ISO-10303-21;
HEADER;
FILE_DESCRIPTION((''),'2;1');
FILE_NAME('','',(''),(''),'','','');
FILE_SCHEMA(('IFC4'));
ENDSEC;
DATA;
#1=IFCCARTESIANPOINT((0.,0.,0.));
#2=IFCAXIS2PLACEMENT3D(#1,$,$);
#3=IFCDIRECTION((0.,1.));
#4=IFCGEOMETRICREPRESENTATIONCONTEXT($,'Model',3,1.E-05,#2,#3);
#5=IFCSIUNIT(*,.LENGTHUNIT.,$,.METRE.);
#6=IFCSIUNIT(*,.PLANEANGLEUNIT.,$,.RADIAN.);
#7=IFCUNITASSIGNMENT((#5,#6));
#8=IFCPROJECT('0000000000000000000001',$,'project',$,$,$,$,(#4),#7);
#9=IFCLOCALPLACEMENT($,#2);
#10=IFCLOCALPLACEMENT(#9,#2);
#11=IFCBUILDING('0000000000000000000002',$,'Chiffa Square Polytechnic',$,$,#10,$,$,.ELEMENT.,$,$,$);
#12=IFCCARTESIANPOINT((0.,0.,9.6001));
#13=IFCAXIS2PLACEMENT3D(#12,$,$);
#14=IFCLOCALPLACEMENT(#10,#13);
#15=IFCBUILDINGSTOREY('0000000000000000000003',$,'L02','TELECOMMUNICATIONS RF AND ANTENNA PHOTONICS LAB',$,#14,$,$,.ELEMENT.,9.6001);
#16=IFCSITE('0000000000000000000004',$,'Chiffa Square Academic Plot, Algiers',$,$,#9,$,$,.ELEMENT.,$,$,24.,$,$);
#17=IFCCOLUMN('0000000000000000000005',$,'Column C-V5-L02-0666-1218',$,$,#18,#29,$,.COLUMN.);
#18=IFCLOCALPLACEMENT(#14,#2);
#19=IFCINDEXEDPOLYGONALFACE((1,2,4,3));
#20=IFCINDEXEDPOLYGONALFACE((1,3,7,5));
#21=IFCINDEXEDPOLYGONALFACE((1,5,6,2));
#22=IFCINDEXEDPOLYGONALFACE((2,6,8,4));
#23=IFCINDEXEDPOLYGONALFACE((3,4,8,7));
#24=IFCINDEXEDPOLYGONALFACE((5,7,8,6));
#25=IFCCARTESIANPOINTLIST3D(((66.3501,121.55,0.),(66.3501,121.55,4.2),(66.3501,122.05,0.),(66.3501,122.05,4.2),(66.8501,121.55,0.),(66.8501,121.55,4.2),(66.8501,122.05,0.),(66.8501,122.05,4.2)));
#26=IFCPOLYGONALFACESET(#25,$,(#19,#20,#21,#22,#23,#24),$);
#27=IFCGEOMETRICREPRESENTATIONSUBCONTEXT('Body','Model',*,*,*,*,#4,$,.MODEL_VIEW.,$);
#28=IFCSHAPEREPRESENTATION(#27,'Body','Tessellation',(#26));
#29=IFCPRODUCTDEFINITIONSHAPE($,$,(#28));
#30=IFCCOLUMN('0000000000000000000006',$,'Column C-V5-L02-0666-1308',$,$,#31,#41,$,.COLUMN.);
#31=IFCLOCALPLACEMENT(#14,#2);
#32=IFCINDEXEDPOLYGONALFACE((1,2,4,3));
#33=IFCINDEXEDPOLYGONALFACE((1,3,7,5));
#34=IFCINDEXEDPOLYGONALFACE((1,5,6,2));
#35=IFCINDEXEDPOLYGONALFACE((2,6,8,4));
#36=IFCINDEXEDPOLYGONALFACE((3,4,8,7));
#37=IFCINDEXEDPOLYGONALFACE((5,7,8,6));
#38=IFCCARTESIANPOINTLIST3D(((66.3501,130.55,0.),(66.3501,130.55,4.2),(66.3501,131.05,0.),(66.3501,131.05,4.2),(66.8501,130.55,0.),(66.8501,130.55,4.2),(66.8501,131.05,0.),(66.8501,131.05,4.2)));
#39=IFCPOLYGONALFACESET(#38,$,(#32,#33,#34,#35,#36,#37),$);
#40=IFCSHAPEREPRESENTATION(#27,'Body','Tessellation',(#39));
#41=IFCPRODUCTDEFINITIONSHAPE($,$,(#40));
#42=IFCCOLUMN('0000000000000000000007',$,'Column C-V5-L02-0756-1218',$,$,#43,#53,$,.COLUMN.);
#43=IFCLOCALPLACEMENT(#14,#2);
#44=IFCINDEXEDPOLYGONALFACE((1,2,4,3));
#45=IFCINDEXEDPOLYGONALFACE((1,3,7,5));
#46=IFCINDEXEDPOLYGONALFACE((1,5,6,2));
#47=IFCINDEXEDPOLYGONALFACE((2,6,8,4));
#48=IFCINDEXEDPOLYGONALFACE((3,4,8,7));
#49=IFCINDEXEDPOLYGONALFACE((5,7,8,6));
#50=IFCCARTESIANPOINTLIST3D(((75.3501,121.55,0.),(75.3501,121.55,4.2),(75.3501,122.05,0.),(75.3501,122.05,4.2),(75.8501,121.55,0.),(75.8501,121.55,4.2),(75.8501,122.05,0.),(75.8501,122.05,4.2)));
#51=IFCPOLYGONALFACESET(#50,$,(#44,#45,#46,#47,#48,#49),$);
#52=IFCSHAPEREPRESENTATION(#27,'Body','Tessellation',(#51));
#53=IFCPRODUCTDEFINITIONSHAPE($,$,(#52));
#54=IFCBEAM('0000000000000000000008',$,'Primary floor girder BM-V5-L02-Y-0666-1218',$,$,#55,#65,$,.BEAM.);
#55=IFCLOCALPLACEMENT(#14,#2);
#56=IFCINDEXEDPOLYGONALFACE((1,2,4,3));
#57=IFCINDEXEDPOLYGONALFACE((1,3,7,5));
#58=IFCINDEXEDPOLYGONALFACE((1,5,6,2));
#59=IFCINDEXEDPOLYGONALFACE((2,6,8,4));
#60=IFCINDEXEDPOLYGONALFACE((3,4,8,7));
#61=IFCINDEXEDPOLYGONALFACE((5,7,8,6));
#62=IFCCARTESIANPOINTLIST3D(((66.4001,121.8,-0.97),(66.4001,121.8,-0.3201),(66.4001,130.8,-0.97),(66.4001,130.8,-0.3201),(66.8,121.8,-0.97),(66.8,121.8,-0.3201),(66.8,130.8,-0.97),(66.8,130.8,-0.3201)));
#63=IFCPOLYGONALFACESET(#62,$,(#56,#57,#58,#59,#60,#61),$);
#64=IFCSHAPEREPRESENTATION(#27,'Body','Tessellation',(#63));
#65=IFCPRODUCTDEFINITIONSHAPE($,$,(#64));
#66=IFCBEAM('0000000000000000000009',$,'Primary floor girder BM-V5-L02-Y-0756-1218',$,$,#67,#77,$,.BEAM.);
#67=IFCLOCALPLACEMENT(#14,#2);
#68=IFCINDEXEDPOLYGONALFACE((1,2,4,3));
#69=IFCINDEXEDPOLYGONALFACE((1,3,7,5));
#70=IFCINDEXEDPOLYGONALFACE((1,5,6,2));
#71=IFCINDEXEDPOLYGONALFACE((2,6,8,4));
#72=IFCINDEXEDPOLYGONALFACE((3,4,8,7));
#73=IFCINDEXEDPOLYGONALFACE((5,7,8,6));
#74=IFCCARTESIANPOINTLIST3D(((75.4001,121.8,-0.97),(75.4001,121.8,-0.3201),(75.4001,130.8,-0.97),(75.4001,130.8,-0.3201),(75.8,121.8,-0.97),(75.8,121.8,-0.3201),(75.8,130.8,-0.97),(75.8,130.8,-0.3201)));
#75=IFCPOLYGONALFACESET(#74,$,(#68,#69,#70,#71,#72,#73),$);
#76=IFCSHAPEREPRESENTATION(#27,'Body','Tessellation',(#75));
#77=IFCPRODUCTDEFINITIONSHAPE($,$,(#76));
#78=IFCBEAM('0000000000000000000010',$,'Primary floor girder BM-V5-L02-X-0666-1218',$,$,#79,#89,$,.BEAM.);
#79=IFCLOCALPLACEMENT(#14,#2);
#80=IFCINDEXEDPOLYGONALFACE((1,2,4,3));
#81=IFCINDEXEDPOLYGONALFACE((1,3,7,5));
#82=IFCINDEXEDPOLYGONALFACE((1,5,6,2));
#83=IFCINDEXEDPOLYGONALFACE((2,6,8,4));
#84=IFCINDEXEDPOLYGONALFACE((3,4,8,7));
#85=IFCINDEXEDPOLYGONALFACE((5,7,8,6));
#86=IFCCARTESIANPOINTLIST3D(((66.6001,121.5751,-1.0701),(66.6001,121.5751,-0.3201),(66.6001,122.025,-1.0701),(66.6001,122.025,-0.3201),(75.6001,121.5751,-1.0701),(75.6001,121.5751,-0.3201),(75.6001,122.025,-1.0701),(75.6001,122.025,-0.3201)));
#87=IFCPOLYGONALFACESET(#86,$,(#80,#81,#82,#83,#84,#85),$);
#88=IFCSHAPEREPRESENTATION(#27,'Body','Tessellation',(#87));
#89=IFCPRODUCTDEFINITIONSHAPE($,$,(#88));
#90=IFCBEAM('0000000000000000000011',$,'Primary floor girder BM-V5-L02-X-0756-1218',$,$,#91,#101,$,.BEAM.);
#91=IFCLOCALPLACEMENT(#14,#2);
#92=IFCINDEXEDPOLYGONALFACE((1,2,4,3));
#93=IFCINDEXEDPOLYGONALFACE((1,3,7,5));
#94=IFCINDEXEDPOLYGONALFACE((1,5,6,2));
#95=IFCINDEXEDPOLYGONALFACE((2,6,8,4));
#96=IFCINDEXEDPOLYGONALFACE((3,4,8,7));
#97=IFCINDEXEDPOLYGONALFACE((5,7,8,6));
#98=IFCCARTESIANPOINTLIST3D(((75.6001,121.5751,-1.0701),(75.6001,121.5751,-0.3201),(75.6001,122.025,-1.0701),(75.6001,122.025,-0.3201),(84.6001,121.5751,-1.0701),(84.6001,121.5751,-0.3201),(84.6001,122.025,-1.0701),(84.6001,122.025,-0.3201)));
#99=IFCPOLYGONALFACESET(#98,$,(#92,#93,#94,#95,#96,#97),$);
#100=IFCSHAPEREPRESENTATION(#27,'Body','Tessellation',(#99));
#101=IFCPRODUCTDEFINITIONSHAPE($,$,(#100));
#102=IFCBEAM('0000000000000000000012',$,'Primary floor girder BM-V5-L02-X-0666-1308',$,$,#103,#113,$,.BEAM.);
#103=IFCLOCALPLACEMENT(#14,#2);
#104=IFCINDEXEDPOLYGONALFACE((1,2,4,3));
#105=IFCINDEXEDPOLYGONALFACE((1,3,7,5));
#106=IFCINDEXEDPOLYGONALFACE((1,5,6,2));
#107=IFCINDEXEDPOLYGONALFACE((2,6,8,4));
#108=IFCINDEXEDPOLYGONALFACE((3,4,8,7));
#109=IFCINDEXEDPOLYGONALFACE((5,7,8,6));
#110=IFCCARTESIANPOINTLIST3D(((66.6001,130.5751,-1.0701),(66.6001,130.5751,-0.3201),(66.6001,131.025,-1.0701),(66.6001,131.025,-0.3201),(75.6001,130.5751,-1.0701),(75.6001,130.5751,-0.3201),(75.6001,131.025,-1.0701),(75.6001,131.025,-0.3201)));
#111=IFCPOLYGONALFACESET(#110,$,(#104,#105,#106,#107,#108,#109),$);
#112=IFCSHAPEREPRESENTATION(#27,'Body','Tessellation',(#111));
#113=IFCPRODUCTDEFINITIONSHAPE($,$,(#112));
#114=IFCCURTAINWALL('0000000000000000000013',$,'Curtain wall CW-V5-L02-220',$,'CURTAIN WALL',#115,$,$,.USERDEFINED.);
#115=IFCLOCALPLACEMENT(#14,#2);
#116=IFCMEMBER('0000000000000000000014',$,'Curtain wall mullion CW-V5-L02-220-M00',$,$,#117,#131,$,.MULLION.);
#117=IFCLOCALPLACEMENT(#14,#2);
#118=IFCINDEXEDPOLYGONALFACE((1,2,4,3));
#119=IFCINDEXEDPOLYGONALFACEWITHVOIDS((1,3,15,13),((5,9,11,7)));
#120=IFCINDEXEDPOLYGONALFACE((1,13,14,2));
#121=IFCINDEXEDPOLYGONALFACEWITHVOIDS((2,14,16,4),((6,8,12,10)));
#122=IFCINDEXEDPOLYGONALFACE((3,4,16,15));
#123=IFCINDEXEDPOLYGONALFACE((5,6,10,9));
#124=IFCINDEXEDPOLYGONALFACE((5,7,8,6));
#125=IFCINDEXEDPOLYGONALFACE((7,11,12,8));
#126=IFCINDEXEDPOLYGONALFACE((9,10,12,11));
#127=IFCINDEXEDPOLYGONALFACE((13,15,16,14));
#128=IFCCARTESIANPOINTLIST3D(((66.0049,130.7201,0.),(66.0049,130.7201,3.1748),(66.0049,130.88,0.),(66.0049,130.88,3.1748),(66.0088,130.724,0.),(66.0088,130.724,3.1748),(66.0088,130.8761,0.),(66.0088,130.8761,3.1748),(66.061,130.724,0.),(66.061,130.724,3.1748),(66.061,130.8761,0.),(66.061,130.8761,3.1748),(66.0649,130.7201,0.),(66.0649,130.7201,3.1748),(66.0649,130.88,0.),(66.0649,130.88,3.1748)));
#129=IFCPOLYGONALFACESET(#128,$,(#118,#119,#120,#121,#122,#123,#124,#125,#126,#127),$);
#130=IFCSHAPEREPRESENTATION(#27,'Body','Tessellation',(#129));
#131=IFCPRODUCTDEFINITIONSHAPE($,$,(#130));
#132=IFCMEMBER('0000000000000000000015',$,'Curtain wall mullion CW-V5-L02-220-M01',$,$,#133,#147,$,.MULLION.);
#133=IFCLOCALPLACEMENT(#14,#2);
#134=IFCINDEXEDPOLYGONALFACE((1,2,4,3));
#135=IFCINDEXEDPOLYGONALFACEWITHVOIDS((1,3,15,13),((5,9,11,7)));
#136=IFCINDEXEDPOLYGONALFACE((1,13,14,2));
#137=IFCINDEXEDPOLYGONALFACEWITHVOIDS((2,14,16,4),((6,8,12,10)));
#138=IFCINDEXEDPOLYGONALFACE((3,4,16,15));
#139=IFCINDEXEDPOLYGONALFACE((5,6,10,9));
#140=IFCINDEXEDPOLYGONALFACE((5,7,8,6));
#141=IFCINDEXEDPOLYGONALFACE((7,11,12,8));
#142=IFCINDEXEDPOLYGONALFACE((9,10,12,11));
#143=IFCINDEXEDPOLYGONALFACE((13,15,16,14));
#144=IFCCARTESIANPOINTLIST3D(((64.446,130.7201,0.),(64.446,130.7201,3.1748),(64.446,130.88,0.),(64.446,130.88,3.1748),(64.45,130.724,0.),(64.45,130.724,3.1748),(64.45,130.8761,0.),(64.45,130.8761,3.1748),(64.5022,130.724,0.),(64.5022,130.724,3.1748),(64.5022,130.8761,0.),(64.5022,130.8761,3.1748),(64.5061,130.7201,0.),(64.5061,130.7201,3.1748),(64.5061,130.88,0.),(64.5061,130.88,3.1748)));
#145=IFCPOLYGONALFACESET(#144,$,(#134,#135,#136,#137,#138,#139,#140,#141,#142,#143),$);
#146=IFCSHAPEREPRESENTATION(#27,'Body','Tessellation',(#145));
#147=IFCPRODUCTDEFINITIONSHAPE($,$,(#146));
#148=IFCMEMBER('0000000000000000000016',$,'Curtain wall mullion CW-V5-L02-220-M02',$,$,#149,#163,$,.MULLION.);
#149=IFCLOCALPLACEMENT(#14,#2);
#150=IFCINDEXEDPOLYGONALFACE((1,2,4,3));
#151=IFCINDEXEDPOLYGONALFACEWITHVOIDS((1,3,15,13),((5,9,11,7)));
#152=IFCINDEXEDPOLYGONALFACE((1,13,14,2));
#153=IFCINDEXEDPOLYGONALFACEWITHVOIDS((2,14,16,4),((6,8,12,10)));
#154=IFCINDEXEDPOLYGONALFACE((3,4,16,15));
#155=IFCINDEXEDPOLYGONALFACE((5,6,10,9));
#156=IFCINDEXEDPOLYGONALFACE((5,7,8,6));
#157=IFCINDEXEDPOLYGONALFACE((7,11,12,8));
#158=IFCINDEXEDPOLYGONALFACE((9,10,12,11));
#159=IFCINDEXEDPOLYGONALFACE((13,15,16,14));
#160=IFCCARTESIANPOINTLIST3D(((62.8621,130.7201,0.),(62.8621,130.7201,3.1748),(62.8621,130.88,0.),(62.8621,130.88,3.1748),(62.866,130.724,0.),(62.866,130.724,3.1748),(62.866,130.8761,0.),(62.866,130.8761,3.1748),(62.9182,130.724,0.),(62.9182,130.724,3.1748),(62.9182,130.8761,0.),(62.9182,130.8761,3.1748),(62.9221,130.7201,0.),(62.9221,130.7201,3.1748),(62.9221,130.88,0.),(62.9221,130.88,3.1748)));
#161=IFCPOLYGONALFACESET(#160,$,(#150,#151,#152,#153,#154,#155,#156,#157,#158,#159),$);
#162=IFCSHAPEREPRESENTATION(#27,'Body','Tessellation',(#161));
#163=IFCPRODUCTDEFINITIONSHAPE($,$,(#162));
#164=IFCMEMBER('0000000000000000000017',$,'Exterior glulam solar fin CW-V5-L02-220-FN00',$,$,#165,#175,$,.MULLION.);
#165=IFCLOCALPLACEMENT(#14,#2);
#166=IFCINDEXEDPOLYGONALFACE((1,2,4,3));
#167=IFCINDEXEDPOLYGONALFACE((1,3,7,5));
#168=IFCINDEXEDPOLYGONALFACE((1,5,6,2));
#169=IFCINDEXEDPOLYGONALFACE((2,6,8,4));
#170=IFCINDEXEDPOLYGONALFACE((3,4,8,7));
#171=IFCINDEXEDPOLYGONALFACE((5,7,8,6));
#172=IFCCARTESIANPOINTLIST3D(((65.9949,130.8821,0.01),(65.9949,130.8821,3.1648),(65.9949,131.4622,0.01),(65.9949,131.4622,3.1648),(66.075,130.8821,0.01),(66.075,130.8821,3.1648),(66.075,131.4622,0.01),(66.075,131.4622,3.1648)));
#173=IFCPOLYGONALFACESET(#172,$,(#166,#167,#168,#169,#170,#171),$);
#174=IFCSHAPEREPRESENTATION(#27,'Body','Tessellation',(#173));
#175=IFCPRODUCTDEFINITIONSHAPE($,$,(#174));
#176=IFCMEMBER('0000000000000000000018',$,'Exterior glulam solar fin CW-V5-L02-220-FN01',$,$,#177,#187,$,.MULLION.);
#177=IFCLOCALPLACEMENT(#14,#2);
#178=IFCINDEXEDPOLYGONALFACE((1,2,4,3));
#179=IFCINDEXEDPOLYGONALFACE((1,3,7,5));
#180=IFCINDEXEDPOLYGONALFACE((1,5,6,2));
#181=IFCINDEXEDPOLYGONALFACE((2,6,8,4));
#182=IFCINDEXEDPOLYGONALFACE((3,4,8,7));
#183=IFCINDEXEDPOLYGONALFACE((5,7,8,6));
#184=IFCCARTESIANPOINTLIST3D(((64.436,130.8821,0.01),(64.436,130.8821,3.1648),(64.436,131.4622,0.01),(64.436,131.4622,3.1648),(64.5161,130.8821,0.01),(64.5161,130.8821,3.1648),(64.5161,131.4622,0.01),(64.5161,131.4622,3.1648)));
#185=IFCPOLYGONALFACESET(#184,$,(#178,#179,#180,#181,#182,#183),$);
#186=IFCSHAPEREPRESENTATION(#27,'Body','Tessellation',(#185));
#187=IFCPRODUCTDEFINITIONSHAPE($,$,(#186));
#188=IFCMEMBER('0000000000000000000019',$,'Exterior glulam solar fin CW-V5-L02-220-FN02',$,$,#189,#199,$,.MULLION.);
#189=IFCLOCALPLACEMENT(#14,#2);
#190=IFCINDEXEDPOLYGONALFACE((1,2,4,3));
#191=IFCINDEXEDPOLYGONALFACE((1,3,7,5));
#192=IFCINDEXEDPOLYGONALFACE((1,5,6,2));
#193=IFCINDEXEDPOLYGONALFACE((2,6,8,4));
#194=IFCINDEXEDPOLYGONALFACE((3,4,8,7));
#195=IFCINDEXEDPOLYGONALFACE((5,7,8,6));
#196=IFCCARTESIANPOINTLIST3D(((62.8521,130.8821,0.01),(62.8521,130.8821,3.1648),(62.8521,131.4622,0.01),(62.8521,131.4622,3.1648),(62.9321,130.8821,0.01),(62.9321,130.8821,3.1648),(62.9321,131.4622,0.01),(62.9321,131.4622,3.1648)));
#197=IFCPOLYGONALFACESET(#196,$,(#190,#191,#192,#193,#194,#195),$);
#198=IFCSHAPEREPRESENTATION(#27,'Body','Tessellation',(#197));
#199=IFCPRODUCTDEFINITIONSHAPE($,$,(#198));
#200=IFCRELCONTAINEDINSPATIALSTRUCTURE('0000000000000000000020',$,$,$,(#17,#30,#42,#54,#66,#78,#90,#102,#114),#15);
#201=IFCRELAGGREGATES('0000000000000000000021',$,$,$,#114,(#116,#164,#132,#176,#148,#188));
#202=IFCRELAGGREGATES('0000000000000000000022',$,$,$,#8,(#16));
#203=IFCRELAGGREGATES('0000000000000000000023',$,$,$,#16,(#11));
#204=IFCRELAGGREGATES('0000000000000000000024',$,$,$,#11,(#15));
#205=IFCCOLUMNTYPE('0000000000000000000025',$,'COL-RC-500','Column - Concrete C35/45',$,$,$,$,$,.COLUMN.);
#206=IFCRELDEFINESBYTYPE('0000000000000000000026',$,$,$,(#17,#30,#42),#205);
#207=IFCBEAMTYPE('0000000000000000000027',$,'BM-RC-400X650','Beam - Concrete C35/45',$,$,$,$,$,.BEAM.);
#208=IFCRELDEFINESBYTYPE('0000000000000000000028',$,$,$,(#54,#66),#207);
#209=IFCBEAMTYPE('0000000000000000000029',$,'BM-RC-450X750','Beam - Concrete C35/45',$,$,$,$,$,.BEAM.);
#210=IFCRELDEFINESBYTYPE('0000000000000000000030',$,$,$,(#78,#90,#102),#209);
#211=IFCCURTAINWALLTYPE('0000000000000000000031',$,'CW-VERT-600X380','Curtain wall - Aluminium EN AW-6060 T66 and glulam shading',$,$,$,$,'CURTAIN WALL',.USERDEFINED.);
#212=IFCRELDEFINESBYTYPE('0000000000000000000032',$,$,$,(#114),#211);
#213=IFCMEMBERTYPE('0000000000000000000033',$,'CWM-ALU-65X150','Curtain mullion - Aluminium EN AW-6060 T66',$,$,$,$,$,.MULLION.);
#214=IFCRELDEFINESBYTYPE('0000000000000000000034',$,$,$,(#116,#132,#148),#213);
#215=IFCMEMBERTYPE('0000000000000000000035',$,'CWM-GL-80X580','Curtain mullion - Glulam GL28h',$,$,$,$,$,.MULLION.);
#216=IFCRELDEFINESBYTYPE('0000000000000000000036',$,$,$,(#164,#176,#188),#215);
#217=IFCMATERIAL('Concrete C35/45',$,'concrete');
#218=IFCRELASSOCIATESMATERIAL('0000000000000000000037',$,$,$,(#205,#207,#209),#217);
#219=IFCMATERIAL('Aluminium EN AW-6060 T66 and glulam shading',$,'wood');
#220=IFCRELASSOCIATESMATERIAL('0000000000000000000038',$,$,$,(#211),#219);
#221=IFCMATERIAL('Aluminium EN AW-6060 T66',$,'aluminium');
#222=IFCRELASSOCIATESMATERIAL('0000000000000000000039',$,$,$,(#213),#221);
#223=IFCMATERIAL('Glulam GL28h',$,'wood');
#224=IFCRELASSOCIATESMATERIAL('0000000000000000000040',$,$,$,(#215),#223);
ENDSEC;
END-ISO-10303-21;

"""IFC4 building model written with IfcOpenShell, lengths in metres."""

from ifc_helpers import new_model, si_unit, direction, frame, origin, origin_2d, place, context, subcontext, project, spatial, rectangle, hollow_rectangle, extrude, material, material_profile, profile_set, type_object, element, aggregate, save


model = new_model("IFC4")

# Units and contexts
model_context = context("Model", 3, precision=1e-05, world=origin(), true_north=direction((0.0, 1.0)))
body_context = subcontext(model_context, "Body", "Model", "MODEL_VIEW")
ifc_project = project(units=[si_unit("LENGTHUNIT", "METRE"), si_unit("PLANEANGLEUNIT", "RADIAN")], contexts=[model_context])

# Site, building, storey
site_placement = place(None, origin())
site = spatial("IfcSite", under=ifc_project, at=site_placement, Name="Chiffa Square Academic Plot, Algiers", CompositionType="ELEMENT", RefElevation=24.0)
building_placement = place(site_placement, origin())
building = spatial("IfcBuilding", under=site, at=building_placement, Name="Chiffa Square Polytechnic", CompositionType="ELEMENT")
storey_placement = place(building_placement, frame((0.0, 0.0, 9.6001)))
storey = spatial("IfcBuildingStorey", under=building, at=storey_placement, Name="L02", Description="TELECOMMUNICATIONS RF AND ANTENNA PHOTONICS LAB", CompositionType="ELEMENT", Elevation=9.6001)

# Columns
ifc_material_1 = material(Name="Concrete C35/45", Category="concrete")
ifc_material_profile_1 = material_profile(ifc_material_1, rectangle(XDim=0.5, YDim=0.5, at=origin_2d()), Name="RC 500x500")
ifc_profile_set_1 = profile_set([ifc_material_profile_1], Name="Concrete C35/45")
column_type = type_object("IfcColumnType", Name="COL-RC-500", Description="Column - Concrete C35/45", PredefinedType="COLUMN", material=ifc_profile_set_1)
for number, where, z_axis, x_axis, name in (
    (1, (66.6001, 121.8, 0.0), (0.0, 0.0, 1.0), (1.0, 0.0, 0.0), "Column C-V5-L02-0666-1218"),
    (2, (66.6001, 130.8, 0.0), (0.0, 0.0, 1.0), (1.0, 0.0, 0.0), "Column C-V5-L02-0666-1308"),
    (3, (75.6001, 121.8, 0.0), (0.0, 0.0, 1.0), (1.0, 0.0, 0.0), "Column C-V5-L02-0756-1218"),
):
    element("IfcColumn", number, at=place(storey_placement, frame(where, z_axis=z_axis, x_axis=x_axis)), inside=storey, type_object=column_type, Name=name, PredefinedType="COLUMN", context=body_context, shape_type="SweptSolid", body=[
        extrude(rectangle(XDim=0.5, YDim=0.5, at=origin_2d()), origin(), (0.0, 0.0, 1.0), 4.2),
    ])

# Beams
ifc_material_profile_2 = material_profile(ifc_material_1, rectangle(XDim=0.3999, YDim=0.6499, at=origin_2d()), Name="RC 400x650")
ifc_profile_set_2 = profile_set([ifc_material_profile_2], Name="Concrete C35/45")
beam_type_1 = type_object("IfcBeamType", Name="BM-RC-400X650", Description="Beam - Concrete C35/45", PredefinedType="BEAM", material=ifc_profile_set_2)
for number, where, z_axis, x_axis, name in (
    (4, (66.6001, 121.8, -0.645), (0.0, 1.0, 0.0), (-1.0, 0.0, 0.0), "Primary floor girder BM-V5-L02-Y-0666-1218"),
    (5, (75.6001, 121.8, -0.645), (0.0, 1.0, 0.0), (-1.0, 0.0, 0.0), "Primary floor girder BM-V5-L02-Y-0756-1218"),
):
    element("IfcBeam", number, at=place(storey_placement, frame(where, z_axis=z_axis, x_axis=x_axis)), inside=storey, type_object=beam_type_1, Name=name, PredefinedType="BEAM", context=body_context, shape_type="SweptSolid", body=[
        extrude(rectangle(XDim=0.3999, YDim=0.6499, at=origin_2d()), origin(), (0.0, 0.0, 1.0), 9.0),
    ])
ifc_material_profile_3 = material_profile(ifc_material_1, rectangle(XDim=0.45, YDim=0.75, at=origin_2d()), Name="RC 450x750")
ifc_profile_set_3 = profile_set([ifc_material_profile_3], Name="Concrete C35/45")
beam_type_2 = type_object("IfcBeamType", Name="BM-RC-450X750", Description="Beam - Concrete C35/45", PredefinedType="BEAM", material=ifc_profile_set_3)
for number, where, z_axis, x_axis, name in (
    (6, (66.6001, 121.8, -0.6951), (1.0, 0.0, 0.0), (0.0, 1.0, 0.0), "Primary floor girder BM-V5-L02-X-0666-1218"),
    (7, (75.6001, 121.8, -0.6951), (1.0, 0.0, 0.0), (0.0, 1.0, 0.0), "Primary floor girder BM-V5-L02-X-0756-1218"),
    (8, (66.6001, 130.8, -0.6951), (1.0, 0.0, 0.0), (0.0, 1.0, 0.0), "Primary floor girder BM-V5-L02-X-0666-1308"),
):
    element("IfcBeam", number, at=place(storey_placement, frame(where, z_axis=z_axis, x_axis=x_axis)), inside=storey, type_object=beam_type_2, Name=name, PredefinedType="BEAM", context=body_context, shape_type="SweptSolid", body=[
        extrude(rectangle(XDim=0.45, YDim=0.75, at=origin_2d()), origin(), (0.0, 0.0, 1.0), 9.0),
    ])

# Curtain wall, members
ifc_material_2 = material(Name="Aluminium EN AW-6060 T66 and glulam shading", Category="wood")
curtain_wall_type = type_object("IfcCurtainWallType", Name="CW-VERT-600X380", Description="Curtain wall - Aluminium EN AW-6060 T66 and glulam shading", ElementType="CURTAIN WALL", PredefinedType="USERDEFINED", material=ifc_material_2)
curtain_wall_placement = place(storey_placement, origin())
curtain_wall = element("IfcCurtainWall", 9, at=curtain_wall_placement, inside=storey, type_object=curtain_wall_type, Name="Curtain wall CW-V5-L02-220", ObjectType="CURTAIN WALL", PredefinedType="USERDEFINED")
ifc_material_3 = material(Name="Aluminium EN AW-6060 T66", Category="aluminium")
ifc_material_profile_4 = material_profile(ifc_material_3, hollow_rectangle(XDim=0.0601, YDim=0.1599, WallThickness=0.0039, at=origin_2d()), Name="ALU 60x160x4")
ifc_profile_set_4 = profile_set([ifc_material_profile_4], Name="Aluminium EN AW-6060 T66")
member_type_1 = type_object("IfcMemberType", Name="CWM-ALU-65X150", Description="Curtain mullion - Aluminium EN AW-6060 T66", PredefinedType="MULLION", material=ifc_profile_set_4)
member_1_placement = place(storey_placement, frame((66.0349, 130.8, 0.0), z_axis=(0.0, 0.0, 1.0), x_axis=(1.0, 0.0, 0.0)))
member_1 = element("IfcMember", 10, at=member_1_placement, type_object=member_type_1, Name="Curtain wall mullion CW-V5-L02-220-M00", PredefinedType="MULLION", context=body_context, shape_type="SweptSolid", body=[
    extrude(hollow_rectangle(XDim=0.0601, YDim=0.1599, WallThickness=0.0039, at=origin_2d()), origin(), (0.0, 0.0, 1.0), 3.1748),
])
member_2_placement = place(storey_placement, frame((64.4761, 130.8, 0.0), z_axis=(0.0, 0.0, 1.0), x_axis=(1.0, 0.0, 0.0)))
member_2 = element("IfcMember", 11, at=member_2_placement, type_object=member_type_1, Name="Curtain wall mullion CW-V5-L02-220-M01", PredefinedType="MULLION", context=body_context, shape_type="SweptSolid", body=[
    extrude(hollow_rectangle(XDim=0.0601, YDim=0.1599, WallThickness=0.0039, at=origin_2d()), origin(), (0.0, 0.0, 1.0), 3.1748),
])
member_3_placement = place(storey_placement, frame((62.8921, 130.8, 0.0), z_axis=(0.0, 0.0, 1.0), x_axis=(1.0, 0.0, 0.0)))
member_3 = element("IfcMember", 12, at=member_3_placement, type_object=member_type_1, Name="Curtain wall mullion CW-V5-L02-220-M02", PredefinedType="MULLION", context=body_context, shape_type="SweptSolid", body=[
    extrude(hollow_rectangle(XDim=0.0601, YDim=0.1599, WallThickness=0.0039, at=origin_2d()), origin(), (0.0, 0.0, 1.0), 3.1748),
])
ifc_material_4 = material(Name="Glulam GL28h", Category="wood")
ifc_material_profile_5 = material_profile(ifc_material_4, rectangle(XDim=0.0801, YDim=0.5801, at=origin_2d()), Name="GL28h 80x580")
ifc_profile_set_5 = profile_set([ifc_material_profile_5], Name="Glulam GL28h")
member_type_2 = type_object("IfcMemberType", Name="CWM-GL-80X580", Description="Curtain mullion - Glulam GL28h", PredefinedType="MULLION", material=ifc_profile_set_5)
member_4_placement = place(storey_placement, frame((66.0349, 131.1721, 0.01), z_axis=(0.0, 0.0, 1.0), x_axis=(-1.0, 0.0, 0.0)))
member_4 = element("IfcMember", 13, at=member_4_placement, type_object=member_type_2, Name="Exterior glulam solar fin CW-V5-L02-220-FN00", PredefinedType="MULLION", context=body_context, shape_type="SweptSolid", body=[
    extrude(rectangle(XDim=0.0801, YDim=0.5801, at=origin_2d()), origin(), (0.0, 0.0, 1.0), 3.1548),
])
member_5_placement = place(storey_placement, frame((64.4761, 131.1721, 0.01), z_axis=(0.0, 0.0, 1.0), x_axis=(-1.0, 0.0, 0.0)))
member_5 = element("IfcMember", 14, at=member_5_placement, type_object=member_type_2, Name="Exterior glulam solar fin CW-V5-L02-220-FN01", PredefinedType="MULLION", context=body_context, shape_type="SweptSolid", body=[
    extrude(rectangle(XDim=0.0801, YDim=0.5801, at=origin_2d()), origin(), (0.0, 0.0, 1.0), 3.1548),
])
member_6_placement = place(storey_placement, frame((62.8921, 131.1721, 0.01), z_axis=(0.0, 0.0, 1.0), x_axis=(-1.0, 0.0, 0.0)))
member_6 = element("IfcMember", 15, at=member_6_placement, type_object=member_type_2, Name="Exterior glulam solar fin CW-V5-L02-220-FN02", PredefinedType="MULLION", context=body_context, shape_type="SweptSolid", body=[
    extrude(rectangle(XDim=0.0801, YDim=0.5801, at=origin_2d()), origin(), (0.0, 0.0, 1.0), 3.1548),
])

aggregate(curtain_wall, [member_1, member_4, member_2, member_5, member_3, member_6])

save(model, "model.ifc")
